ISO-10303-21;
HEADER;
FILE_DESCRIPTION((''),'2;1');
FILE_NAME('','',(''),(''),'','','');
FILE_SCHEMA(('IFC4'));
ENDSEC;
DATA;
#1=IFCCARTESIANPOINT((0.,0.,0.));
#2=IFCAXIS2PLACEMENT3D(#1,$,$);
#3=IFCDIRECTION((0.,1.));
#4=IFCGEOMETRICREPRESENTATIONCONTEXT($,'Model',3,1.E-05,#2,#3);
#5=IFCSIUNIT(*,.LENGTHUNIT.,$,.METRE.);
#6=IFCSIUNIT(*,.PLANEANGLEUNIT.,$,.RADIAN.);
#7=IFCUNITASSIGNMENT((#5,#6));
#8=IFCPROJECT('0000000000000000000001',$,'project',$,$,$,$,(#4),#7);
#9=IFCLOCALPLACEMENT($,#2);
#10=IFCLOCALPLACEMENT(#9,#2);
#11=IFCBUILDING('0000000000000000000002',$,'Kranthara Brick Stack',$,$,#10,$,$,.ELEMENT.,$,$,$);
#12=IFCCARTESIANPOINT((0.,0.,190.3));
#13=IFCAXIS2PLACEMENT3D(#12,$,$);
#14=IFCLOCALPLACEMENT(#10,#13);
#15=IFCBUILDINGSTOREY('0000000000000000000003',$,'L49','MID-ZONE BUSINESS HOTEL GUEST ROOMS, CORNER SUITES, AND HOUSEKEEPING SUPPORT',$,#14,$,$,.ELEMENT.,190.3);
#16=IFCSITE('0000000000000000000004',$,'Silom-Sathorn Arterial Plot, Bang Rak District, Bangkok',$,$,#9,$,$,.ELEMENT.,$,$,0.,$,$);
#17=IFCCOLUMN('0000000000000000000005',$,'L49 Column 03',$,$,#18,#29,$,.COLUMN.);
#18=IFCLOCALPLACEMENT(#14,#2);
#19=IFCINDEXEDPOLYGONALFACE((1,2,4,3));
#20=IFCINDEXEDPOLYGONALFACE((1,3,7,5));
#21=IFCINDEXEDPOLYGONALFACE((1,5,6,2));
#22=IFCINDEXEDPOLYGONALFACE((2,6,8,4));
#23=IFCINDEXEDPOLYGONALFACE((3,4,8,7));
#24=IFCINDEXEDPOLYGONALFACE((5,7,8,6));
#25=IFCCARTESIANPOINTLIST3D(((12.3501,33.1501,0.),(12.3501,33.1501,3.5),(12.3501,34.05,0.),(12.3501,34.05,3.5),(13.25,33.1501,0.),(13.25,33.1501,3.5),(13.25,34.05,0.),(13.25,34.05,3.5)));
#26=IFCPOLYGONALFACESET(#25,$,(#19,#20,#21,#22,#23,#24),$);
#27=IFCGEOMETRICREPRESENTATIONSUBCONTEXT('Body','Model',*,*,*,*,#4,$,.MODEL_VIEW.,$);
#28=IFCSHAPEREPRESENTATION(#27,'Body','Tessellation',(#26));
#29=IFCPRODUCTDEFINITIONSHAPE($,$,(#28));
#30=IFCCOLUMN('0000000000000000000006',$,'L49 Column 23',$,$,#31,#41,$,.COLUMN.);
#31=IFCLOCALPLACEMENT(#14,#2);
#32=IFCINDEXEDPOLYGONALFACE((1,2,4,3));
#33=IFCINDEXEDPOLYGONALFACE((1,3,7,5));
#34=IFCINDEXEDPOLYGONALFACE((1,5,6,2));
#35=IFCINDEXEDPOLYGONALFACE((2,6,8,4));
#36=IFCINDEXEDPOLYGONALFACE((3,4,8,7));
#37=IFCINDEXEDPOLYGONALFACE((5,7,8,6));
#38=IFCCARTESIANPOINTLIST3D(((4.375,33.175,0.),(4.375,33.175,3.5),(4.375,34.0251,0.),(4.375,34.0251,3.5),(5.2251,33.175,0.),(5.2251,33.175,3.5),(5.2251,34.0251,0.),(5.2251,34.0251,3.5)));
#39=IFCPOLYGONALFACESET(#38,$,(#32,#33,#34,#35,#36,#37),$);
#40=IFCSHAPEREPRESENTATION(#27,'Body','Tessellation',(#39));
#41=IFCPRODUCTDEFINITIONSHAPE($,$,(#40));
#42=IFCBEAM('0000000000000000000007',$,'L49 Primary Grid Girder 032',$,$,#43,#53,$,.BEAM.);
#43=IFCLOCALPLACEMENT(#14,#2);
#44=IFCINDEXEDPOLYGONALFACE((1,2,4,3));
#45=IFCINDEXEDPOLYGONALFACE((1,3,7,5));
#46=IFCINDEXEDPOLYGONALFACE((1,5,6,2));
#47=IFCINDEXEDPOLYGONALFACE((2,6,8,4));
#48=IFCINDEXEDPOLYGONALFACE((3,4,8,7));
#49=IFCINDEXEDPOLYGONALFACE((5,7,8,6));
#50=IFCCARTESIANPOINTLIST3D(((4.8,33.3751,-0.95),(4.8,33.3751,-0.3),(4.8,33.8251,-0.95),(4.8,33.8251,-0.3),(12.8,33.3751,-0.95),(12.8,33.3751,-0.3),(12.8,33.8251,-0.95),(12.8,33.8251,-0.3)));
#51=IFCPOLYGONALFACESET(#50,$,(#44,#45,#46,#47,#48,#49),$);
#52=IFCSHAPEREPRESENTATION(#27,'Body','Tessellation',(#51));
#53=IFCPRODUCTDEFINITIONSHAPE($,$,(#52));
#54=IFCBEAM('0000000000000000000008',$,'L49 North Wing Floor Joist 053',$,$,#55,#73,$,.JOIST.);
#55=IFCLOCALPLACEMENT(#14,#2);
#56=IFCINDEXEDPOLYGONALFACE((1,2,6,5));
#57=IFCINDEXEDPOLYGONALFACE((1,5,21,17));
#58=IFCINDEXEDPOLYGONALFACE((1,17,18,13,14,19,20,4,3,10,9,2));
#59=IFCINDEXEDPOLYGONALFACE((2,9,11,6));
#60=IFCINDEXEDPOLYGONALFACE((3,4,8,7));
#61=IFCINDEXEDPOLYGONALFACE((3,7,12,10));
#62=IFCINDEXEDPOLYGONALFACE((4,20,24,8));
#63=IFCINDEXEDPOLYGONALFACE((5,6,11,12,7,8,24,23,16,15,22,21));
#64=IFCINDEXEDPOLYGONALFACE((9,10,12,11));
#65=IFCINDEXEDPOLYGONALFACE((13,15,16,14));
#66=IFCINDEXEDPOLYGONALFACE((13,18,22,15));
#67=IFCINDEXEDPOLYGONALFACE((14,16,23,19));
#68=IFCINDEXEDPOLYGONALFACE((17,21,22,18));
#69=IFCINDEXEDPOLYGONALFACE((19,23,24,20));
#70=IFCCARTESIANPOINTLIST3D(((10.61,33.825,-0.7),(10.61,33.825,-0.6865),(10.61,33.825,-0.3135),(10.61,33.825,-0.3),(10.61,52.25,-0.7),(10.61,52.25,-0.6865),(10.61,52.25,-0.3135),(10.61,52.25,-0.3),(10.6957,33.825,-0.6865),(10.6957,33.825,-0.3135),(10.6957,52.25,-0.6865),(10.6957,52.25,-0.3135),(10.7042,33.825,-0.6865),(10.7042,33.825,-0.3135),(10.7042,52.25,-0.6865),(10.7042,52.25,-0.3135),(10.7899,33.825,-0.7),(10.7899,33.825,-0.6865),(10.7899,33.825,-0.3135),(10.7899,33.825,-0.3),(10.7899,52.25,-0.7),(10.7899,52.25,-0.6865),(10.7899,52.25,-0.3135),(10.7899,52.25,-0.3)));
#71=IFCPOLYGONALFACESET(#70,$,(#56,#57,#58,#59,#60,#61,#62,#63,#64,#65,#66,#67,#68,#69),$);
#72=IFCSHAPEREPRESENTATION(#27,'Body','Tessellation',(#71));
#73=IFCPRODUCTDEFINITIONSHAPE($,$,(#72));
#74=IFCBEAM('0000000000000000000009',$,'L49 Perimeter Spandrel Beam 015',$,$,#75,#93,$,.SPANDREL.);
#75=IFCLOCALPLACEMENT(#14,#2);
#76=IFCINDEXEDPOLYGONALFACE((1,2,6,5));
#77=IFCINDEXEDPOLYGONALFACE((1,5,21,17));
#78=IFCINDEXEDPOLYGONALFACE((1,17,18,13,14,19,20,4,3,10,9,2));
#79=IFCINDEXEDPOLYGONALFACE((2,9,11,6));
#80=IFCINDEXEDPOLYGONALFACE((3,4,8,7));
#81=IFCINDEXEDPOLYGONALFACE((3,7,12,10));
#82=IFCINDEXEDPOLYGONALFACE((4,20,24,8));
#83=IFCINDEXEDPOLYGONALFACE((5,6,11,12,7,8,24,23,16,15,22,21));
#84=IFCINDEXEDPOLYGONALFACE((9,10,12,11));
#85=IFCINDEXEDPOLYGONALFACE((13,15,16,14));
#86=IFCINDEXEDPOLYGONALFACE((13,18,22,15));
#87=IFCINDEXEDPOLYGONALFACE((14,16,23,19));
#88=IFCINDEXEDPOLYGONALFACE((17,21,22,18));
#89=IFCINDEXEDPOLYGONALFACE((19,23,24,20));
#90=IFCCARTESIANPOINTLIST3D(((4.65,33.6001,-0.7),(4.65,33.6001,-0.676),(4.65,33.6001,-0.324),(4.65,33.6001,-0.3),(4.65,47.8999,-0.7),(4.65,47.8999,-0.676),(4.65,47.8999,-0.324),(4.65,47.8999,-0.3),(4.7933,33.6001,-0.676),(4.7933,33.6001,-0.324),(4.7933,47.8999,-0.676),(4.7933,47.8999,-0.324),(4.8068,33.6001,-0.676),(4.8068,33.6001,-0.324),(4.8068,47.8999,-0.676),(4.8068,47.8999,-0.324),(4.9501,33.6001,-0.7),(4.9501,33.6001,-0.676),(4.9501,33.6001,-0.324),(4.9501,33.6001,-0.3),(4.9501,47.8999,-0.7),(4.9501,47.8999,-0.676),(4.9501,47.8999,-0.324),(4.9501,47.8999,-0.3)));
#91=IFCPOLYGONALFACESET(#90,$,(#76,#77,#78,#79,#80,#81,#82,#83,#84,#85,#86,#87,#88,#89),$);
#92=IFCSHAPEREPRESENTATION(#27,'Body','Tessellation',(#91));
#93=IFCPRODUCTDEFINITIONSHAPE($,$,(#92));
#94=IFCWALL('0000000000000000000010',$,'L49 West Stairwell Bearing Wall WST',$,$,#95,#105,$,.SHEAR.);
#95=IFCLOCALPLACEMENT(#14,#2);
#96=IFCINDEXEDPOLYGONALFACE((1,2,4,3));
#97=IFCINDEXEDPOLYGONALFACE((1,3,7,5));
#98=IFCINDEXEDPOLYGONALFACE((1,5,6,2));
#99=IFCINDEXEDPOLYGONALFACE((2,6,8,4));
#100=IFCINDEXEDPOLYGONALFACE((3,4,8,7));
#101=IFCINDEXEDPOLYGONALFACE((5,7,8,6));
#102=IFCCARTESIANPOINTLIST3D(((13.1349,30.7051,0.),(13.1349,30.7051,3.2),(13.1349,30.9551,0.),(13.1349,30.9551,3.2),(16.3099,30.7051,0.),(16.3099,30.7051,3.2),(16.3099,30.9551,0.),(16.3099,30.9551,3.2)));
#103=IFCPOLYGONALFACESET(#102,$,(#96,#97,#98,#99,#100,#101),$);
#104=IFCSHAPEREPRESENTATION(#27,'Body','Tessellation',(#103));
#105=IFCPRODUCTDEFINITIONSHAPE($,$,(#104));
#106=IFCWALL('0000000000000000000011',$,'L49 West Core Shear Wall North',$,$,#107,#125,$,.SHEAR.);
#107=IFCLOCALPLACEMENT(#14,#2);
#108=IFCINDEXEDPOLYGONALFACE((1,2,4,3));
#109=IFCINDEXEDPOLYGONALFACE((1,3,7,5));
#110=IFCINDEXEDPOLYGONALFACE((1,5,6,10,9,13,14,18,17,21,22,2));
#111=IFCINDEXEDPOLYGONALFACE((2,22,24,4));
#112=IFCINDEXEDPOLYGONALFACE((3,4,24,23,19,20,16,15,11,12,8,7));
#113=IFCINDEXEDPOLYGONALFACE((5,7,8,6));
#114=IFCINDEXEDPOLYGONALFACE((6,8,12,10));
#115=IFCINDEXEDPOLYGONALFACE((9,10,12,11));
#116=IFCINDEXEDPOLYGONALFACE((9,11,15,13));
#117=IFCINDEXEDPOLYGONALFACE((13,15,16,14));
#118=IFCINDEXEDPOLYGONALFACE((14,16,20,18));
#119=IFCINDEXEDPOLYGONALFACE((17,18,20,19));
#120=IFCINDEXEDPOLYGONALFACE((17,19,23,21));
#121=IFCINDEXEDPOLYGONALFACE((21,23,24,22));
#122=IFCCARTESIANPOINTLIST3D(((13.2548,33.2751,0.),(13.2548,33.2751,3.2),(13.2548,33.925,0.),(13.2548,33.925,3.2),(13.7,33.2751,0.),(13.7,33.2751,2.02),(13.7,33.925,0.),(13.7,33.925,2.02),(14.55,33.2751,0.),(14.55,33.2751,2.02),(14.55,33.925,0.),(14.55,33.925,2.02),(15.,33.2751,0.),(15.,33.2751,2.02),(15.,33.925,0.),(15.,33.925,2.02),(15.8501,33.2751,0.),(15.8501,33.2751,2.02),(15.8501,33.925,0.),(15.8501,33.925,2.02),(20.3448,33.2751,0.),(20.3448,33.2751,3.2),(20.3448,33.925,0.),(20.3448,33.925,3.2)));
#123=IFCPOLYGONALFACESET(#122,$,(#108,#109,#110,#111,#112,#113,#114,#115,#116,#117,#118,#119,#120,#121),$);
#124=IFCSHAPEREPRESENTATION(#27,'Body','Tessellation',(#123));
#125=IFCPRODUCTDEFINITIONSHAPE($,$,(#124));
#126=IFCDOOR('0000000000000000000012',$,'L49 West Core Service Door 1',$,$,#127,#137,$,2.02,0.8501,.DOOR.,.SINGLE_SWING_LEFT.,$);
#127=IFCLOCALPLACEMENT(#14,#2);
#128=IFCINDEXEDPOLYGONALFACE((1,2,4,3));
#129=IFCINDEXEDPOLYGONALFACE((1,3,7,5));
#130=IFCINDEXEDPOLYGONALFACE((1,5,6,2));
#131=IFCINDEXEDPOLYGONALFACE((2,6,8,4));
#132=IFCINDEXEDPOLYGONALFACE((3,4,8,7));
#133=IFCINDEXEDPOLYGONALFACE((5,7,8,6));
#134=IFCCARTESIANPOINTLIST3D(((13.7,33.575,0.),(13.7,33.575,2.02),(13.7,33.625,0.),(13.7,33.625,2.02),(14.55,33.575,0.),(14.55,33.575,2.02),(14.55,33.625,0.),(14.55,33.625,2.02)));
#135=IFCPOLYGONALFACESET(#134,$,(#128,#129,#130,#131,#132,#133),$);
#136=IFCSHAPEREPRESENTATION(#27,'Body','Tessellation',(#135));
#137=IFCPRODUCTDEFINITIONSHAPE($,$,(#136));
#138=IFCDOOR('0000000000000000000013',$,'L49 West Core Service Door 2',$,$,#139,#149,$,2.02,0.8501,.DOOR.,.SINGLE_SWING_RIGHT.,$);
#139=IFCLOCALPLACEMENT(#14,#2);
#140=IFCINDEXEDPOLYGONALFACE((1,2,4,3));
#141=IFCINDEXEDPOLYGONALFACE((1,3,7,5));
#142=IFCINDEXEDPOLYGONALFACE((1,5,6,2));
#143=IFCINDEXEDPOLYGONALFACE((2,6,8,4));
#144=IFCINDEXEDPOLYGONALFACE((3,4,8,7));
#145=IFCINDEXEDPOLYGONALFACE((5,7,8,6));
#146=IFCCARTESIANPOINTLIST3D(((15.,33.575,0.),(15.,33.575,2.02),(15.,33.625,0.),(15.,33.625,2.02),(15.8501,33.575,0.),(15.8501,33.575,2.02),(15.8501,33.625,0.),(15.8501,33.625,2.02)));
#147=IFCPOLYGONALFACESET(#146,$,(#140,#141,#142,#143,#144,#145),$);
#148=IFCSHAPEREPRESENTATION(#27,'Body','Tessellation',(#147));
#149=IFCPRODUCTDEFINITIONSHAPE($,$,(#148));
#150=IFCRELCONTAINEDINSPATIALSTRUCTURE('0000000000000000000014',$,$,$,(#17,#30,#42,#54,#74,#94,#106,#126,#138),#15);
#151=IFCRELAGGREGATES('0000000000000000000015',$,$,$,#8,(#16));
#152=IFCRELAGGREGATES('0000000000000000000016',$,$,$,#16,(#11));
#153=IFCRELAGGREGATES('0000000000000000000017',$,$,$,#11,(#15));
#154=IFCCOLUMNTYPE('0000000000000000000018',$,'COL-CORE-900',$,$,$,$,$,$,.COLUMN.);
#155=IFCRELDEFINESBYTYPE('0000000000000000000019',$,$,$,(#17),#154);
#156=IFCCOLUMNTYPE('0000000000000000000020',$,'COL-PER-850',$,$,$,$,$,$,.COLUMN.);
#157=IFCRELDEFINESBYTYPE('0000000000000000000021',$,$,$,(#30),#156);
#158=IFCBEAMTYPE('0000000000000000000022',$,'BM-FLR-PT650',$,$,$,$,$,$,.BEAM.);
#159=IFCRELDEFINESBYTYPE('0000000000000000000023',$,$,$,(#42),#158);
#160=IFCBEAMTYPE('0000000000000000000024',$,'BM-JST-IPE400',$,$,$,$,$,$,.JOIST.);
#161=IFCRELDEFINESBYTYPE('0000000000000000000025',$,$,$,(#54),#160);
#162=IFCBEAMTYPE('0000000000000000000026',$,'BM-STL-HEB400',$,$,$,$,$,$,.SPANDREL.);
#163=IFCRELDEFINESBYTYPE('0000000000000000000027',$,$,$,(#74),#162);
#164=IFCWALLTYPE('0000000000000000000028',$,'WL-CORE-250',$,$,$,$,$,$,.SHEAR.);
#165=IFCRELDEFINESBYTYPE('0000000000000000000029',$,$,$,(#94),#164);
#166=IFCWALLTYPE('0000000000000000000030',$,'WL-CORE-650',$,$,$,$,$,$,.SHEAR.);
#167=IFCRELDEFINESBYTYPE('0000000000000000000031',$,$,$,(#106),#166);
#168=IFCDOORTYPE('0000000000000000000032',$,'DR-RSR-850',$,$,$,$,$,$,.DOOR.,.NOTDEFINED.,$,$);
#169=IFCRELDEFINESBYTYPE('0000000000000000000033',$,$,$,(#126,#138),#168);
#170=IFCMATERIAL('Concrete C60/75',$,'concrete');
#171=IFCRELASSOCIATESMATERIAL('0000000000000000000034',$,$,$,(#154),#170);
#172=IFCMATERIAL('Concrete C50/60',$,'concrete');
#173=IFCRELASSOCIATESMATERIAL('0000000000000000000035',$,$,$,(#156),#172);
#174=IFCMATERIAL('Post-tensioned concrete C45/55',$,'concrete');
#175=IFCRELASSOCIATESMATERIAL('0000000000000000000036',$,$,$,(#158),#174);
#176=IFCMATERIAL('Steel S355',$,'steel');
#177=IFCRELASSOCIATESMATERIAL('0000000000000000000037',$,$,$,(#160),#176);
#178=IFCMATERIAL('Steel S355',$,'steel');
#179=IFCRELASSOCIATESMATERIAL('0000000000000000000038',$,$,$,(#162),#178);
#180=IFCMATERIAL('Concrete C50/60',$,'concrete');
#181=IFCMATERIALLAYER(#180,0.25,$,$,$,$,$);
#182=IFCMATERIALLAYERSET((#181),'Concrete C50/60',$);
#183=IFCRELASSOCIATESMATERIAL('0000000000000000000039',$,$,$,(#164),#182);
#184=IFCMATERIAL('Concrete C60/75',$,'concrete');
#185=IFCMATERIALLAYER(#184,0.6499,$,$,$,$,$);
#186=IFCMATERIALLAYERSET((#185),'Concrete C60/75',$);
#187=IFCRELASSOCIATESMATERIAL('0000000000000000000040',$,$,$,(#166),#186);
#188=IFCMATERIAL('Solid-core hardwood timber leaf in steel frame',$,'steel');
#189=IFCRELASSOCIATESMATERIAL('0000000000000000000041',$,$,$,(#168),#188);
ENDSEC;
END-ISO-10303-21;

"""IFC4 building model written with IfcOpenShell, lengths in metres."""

from ifc_helpers import new_model, si_unit, direction, frame, frame_2d, origin, origin_2d, place, context, subcontext, project, spatial, rectangle, i_section, extrude, material, layer, layer_set, material_profile, profile_set, type_object, element, fill, save


model = new_model("IFC4")

# Units and contexts
model_context = context("Model", 3, precision=1e-05, world=origin(), true_north=direction((0.0, 1.0)))
body_context = subcontext(model_context, "Body", "Model", "MODEL_VIEW")
ifc_project = project(units=[si_unit("LENGTHUNIT", "METRE"), si_unit("PLANEANGLEUNIT", "RADIAN")], contexts=[model_context])

# Site, building, storey
site_placement = place(None, origin())
site = spatial("IfcSite", under=ifc_project, at=site_placement, Name="Silom-Sathorn Arterial Plot, Bang Rak District, Bangkok", CompositionType="ELEMENT", RefElevation=0.0)
building_placement = place(site_placement, origin())
building = spatial("IfcBuilding", under=site, at=building_placement, Name="Kranthara Brick Stack", CompositionType="ELEMENT")
storey_placement = place(building_placement, frame((0.0, 0.0, 190.3)))
storey = spatial("IfcBuildingStorey", under=building, at=storey_placement, Name="L49", Description="MID-ZONE BUSINESS HOTEL GUEST ROOMS, CORNER SUITES, AND HOUSEKEEPING SUPPORT", CompositionType="ELEMENT", Elevation=190.3)

# Columns
ifc_material_1 = material(Name="Concrete C60/75", Category="concrete")
ifc_material_profile_1 = material_profile(ifc_material_1, rectangle(XDim=0.8999, YDim=0.8999, at=origin_2d()), Name="RC 900x900")
ifc_profile_set_1 = profile_set([ifc_material_profile_1], Name="Concrete C60/75")
column_type_1 = type_object("IfcColumnType", Name="COL-CORE-900", PredefinedType="COLUMN", material=ifc_profile_set_1)
column_1_placement = place(storey_placement, frame((12.8, 33.6001, 0.0), z_axis=(0.0, 0.0, 1.0), x_axis=(1.0, 0.0, 0.0)))
element("IfcColumn", 1, at=column_1_placement, inside=storey, type_object=column_type_1, Name="L49 Column 03", PredefinedType="COLUMN", context=body_context, shape_type="SweptSolid", body=[
    extrude(rectangle(XDim=0.8999, YDim=0.8999, at=origin_2d()), origin(), (0.0, 0.0, 1.0), 3.5),
])
ifc_material_2 = material(Name="Concrete C50/60", Category="concrete")
ifc_material_profile_2 = material_profile(ifc_material_2, rectangle(XDim=0.8501, YDim=0.8501, at=origin_2d()), Name="RC 850x850")
ifc_profile_set_2 = profile_set([ifc_material_profile_2], Name="Concrete C50/60")
column_type_2 = type_object("IfcColumnType", Name="COL-PER-850", PredefinedType="COLUMN", material=ifc_profile_set_2)
column_2_placement = place(storey_placement, frame((4.8, 33.6001, 0.0), z_axis=(0.0, 0.0, 1.0), x_axis=(1.0, 0.0, 0.0)))
element("IfcColumn", 2, at=column_2_placement, inside=storey, type_object=column_type_2, Name="L49 Column 23", PredefinedType="COLUMN", context=body_context, shape_type="SweptSolid", body=[
    extrude(rectangle(XDim=0.8501, YDim=0.8501, at=origin_2d()), origin(), (0.0, 0.0, 1.0), 3.5),
])

# Beams
ifc_material_3 = material(Name="Post-tensioned concrete C45/55", Category="concrete")
ifc_material_profile_3 = material_profile(ifc_material_3, rectangle(XDim=0.45, YDim=0.6499, at=origin_2d()), Name="PT 450x650")
ifc_profile_set_3 = profile_set([ifc_material_profile_3], Name="Post-tensioned concrete C45/55")
beam_type_1 = type_object("IfcBeamType", Name="BM-FLR-PT650", PredefinedType="BEAM", material=ifc_profile_set_3)
beam_1_placement = place(storey_placement, frame((4.8, 33.6001, -0.625), z_axis=(1.0, 0.0, 0.0), x_axis=(0.0, 1.0, 0.0)))
element("IfcBeam", 3, at=beam_1_placement, inside=storey, type_object=beam_type_1, Name="L49 Primary Grid Girder 032", PredefinedType="BEAM", context=body_context, shape_type="SweptSolid", body=[
    extrude(rectangle(XDim=0.45, YDim=0.6499, at=origin_2d()), origin(), (0.0, 0.0, 1.0), 8.0),
])
ifc_material_4 = material(Name="Steel S355", Category="steel")
ifc_material_profile_4 = material_profile(ifc_material_4, i_section(OverallWidth=0.1799, OverallDepth=0.3999, WebThickness=0.0085, FlangeThickness=0.0134, at=origin_2d()), Name="IPE 400")
ifc_profile_set_4 = profile_set([ifc_material_profile_4], Name="Steel S355")
beam_type_2 = type_object("IfcBeamType", Name="BM-JST-IPE400", PredefinedType="JOIST", material=ifc_profile_set_4)
beam_2_placement = place(storey_placement, frame((10.7, 33.825, -0.5), z_axis=(0.0, 1.0, 0.0), x_axis=(-1.0, 0.0, 0.0)))
element("IfcBeam", 4, at=beam_2_placement, inside=storey, type_object=beam_type_2, Name="L49 North Wing Floor Joist 053", PredefinedType="JOIST", context=body_context, shape_type="SweptSolid", body=[
    extrude(i_section(OverallWidth=0.1799, OverallDepth=0.3999, WebThickness=0.0085, FlangeThickness=0.0134, at=origin_2d()), origin(), (0.0, 0.0, 1.0), 18.425),
])
ifc_material_5 = material(Name="Steel S355", Category="steel")
ifc_material_profile_5 = material_profile(ifc_material_5, i_section(OverallWidth=0.3, OverallDepth=0.3999, WebThickness=0.0134, FlangeThickness=0.0239, at=origin_2d()), Name="HEB 400")
ifc_profile_set_5 = profile_set([ifc_material_profile_5], Name="Steel S355")
beam_type_3 = type_object("IfcBeamType", Name="BM-STL-HEB400", PredefinedType="SPANDREL", material=ifc_profile_set_5)
beam_3_placement = place(storey_placement, frame((4.8, 33.6001, -0.5), z_axis=(0.0, 1.0, 0.0), x_axis=(-1.0, 0.0, 0.0)))
element("IfcBeam", 5, at=beam_3_placement, inside=storey, type_object=beam_type_3, Name="L49 Perimeter Spandrel Beam 015", PredefinedType="SPANDREL", context=body_context, shape_type="SweptSolid", body=[
    extrude(i_section(OverallWidth=0.3, OverallDepth=0.3999, WebThickness=0.0134, FlangeThickness=0.0239, at=origin_2d()), origin(), (0.0, 0.0, 1.0), 14.2998),
])

# Wall
ifc_material_6 = material(Name="Concrete C50/60", Category="concrete")
ifc_layer_1 = layer(ifc_material_6, 0.25)
ifc_layer_set_1 = layer_set([ifc_layer_1], Name="Concrete C50/60")
wall_type_1 = type_object("IfcWallType", Name="WL-CORE-250", PredefinedType="SHEAR", material=ifc_layer_set_1)
wall_1_placement = place(storey_placement, frame((13.135, 30.8301, 0.0), z_axis=(0.0, 0.0, 1.0), x_axis=(1.0, 0.0, 0.0)))
element("IfcWall", 6, at=wall_1_placement, inside=storey, type_object=wall_type_1, Name="L49 West Stairwell Bearing Wall WST", PredefinedType="SHEAR", context=body_context, shape_type="SweptSolid", body=[
    extrude(rectangle(XDim=3.175, YDim=0.25, at=frame_2d((1.5874, 0.0))), origin(), (0.0, 0.0, 1.0), 3.2),
])

# Wall, openings, doors
ifc_material_7 = material(Name="Concrete C60/75", Category="concrete")
ifc_layer_2 = layer(ifc_material_7, 0.6499)
ifc_layer_set_2 = layer_set([ifc_layer_2], Name="Concrete C60/75")
wall_type_2 = type_object("IfcWallType", Name="WL-CORE-650", PredefinedType="SHEAR", material=ifc_layer_set_2)
wall_2_placement = place(storey_placement, frame((13.2549, 33.6001, 0.0), z_axis=(0.0, 0.0, 1.0), x_axis=(1.0, 0.0, 0.0)))
wall_2 = element("IfcWall", 7, at=wall_2_placement, inside=storey, type_object=wall_type_2, Name="L49 West Core Shear Wall North", PredefinedType="SHEAR", context=body_context, shape_type="SweptSolid", body=[
    extrude(rectangle(XDim=7.0901, YDim=0.6499, at=frame_2d((3.5449, 0.0))), origin(), (0.0, 0.0, 1.0), 3.2),
])
opening_1_placement = place(wall_2_placement, frame((0.4451, 0.0, 0.0)))
opening_1 = element("IfcOpeningElement", 8, at=opening_1_placement, cuts=wall_2, PredefinedType="OPENING", context=body_context, shape_type="SweptSolid", body=[
    extrude(rectangle(XDim=0.8501, YDim=2.02, at=frame_2d((0.425, 1.01))), frame((0.0, 0.335, 0.0), z_axis=(0.0, -1.0, 0.0), x_axis=(1.0, 0.0, 0.0)), (0.0, 0.0, 1.0), 0.6699),
])
opening_2_placement = place(wall_2_placement, frame((1.7451, 0.0, 0.0)))
opening_2 = element("IfcOpeningElement", 9, at=opening_2_placement, cuts=wall_2, PredefinedType="OPENING", context=body_context, shape_type="SweptSolid", body=[
    extrude(rectangle(XDim=0.8501, YDim=2.02, at=frame_2d((0.425, 1.01))), frame((0.0, 0.335, 0.0), z_axis=(0.0, -1.0, 0.0), x_axis=(1.0, 0.0, 0.0)), (0.0, 0.0, 1.0), 0.6699),
])
ifc_material_8 = material(Name="Solid-core hardwood timber leaf in steel frame", Category="steel")
door_type_1 = type_object("IfcDoorType", Name="DR-RSR-850", OperationType="NOTDEFINED", PredefinedType="DOOR", material=ifc_material_8)
door_1_placement = place(opening_1_placement, origin())
door_1 = element("IfcDoor", 10, at=door_1_placement, inside=storey, type_object=door_type_1, Name="L49 West Core Service Door 1", OperationType="SINGLE_SWING_LEFT", OverallHeight=2.02, OverallWidth=0.8501, PredefinedType="DOOR", context=body_context, shape_type="SweptSolid", body=[
    extrude(rectangle(XDim=0.8501, YDim=2.02, at=frame_2d((0.425, 1.01))), frame((0.0, 0.0249, 0.0), z_axis=(0.0, -1.0, 0.0), x_axis=(1.0, 0.0, 0.0)), (0.0, 0.0, 1.0), 0.05),
])
fill(opening_1, door_1)
door_2_placement = place(opening_2_placement, origin())
door_2 = element("IfcDoor", 11, at=door_2_placement, inside=storey, type_object=door_type_1, Name="L49 West Core Service Door 2", OperationType="SINGLE_SWING_RIGHT", OverallHeight=2.02, OverallWidth=0.8501, PredefinedType="DOOR", context=body_context, shape_type="SweptSolid", body=[
    extrude(rectangle(XDim=0.8501, YDim=2.02, at=frame_2d((0.425, 1.01))), frame((0.0, 0.0249, 0.0), z_axis=(0.0, -1.0, 0.0), x_axis=(1.0, 0.0, 0.0)), (0.0, 0.0, 1.0), 0.05),
])
fill(opening_2, door_2)

save(model, "model.ifc")
